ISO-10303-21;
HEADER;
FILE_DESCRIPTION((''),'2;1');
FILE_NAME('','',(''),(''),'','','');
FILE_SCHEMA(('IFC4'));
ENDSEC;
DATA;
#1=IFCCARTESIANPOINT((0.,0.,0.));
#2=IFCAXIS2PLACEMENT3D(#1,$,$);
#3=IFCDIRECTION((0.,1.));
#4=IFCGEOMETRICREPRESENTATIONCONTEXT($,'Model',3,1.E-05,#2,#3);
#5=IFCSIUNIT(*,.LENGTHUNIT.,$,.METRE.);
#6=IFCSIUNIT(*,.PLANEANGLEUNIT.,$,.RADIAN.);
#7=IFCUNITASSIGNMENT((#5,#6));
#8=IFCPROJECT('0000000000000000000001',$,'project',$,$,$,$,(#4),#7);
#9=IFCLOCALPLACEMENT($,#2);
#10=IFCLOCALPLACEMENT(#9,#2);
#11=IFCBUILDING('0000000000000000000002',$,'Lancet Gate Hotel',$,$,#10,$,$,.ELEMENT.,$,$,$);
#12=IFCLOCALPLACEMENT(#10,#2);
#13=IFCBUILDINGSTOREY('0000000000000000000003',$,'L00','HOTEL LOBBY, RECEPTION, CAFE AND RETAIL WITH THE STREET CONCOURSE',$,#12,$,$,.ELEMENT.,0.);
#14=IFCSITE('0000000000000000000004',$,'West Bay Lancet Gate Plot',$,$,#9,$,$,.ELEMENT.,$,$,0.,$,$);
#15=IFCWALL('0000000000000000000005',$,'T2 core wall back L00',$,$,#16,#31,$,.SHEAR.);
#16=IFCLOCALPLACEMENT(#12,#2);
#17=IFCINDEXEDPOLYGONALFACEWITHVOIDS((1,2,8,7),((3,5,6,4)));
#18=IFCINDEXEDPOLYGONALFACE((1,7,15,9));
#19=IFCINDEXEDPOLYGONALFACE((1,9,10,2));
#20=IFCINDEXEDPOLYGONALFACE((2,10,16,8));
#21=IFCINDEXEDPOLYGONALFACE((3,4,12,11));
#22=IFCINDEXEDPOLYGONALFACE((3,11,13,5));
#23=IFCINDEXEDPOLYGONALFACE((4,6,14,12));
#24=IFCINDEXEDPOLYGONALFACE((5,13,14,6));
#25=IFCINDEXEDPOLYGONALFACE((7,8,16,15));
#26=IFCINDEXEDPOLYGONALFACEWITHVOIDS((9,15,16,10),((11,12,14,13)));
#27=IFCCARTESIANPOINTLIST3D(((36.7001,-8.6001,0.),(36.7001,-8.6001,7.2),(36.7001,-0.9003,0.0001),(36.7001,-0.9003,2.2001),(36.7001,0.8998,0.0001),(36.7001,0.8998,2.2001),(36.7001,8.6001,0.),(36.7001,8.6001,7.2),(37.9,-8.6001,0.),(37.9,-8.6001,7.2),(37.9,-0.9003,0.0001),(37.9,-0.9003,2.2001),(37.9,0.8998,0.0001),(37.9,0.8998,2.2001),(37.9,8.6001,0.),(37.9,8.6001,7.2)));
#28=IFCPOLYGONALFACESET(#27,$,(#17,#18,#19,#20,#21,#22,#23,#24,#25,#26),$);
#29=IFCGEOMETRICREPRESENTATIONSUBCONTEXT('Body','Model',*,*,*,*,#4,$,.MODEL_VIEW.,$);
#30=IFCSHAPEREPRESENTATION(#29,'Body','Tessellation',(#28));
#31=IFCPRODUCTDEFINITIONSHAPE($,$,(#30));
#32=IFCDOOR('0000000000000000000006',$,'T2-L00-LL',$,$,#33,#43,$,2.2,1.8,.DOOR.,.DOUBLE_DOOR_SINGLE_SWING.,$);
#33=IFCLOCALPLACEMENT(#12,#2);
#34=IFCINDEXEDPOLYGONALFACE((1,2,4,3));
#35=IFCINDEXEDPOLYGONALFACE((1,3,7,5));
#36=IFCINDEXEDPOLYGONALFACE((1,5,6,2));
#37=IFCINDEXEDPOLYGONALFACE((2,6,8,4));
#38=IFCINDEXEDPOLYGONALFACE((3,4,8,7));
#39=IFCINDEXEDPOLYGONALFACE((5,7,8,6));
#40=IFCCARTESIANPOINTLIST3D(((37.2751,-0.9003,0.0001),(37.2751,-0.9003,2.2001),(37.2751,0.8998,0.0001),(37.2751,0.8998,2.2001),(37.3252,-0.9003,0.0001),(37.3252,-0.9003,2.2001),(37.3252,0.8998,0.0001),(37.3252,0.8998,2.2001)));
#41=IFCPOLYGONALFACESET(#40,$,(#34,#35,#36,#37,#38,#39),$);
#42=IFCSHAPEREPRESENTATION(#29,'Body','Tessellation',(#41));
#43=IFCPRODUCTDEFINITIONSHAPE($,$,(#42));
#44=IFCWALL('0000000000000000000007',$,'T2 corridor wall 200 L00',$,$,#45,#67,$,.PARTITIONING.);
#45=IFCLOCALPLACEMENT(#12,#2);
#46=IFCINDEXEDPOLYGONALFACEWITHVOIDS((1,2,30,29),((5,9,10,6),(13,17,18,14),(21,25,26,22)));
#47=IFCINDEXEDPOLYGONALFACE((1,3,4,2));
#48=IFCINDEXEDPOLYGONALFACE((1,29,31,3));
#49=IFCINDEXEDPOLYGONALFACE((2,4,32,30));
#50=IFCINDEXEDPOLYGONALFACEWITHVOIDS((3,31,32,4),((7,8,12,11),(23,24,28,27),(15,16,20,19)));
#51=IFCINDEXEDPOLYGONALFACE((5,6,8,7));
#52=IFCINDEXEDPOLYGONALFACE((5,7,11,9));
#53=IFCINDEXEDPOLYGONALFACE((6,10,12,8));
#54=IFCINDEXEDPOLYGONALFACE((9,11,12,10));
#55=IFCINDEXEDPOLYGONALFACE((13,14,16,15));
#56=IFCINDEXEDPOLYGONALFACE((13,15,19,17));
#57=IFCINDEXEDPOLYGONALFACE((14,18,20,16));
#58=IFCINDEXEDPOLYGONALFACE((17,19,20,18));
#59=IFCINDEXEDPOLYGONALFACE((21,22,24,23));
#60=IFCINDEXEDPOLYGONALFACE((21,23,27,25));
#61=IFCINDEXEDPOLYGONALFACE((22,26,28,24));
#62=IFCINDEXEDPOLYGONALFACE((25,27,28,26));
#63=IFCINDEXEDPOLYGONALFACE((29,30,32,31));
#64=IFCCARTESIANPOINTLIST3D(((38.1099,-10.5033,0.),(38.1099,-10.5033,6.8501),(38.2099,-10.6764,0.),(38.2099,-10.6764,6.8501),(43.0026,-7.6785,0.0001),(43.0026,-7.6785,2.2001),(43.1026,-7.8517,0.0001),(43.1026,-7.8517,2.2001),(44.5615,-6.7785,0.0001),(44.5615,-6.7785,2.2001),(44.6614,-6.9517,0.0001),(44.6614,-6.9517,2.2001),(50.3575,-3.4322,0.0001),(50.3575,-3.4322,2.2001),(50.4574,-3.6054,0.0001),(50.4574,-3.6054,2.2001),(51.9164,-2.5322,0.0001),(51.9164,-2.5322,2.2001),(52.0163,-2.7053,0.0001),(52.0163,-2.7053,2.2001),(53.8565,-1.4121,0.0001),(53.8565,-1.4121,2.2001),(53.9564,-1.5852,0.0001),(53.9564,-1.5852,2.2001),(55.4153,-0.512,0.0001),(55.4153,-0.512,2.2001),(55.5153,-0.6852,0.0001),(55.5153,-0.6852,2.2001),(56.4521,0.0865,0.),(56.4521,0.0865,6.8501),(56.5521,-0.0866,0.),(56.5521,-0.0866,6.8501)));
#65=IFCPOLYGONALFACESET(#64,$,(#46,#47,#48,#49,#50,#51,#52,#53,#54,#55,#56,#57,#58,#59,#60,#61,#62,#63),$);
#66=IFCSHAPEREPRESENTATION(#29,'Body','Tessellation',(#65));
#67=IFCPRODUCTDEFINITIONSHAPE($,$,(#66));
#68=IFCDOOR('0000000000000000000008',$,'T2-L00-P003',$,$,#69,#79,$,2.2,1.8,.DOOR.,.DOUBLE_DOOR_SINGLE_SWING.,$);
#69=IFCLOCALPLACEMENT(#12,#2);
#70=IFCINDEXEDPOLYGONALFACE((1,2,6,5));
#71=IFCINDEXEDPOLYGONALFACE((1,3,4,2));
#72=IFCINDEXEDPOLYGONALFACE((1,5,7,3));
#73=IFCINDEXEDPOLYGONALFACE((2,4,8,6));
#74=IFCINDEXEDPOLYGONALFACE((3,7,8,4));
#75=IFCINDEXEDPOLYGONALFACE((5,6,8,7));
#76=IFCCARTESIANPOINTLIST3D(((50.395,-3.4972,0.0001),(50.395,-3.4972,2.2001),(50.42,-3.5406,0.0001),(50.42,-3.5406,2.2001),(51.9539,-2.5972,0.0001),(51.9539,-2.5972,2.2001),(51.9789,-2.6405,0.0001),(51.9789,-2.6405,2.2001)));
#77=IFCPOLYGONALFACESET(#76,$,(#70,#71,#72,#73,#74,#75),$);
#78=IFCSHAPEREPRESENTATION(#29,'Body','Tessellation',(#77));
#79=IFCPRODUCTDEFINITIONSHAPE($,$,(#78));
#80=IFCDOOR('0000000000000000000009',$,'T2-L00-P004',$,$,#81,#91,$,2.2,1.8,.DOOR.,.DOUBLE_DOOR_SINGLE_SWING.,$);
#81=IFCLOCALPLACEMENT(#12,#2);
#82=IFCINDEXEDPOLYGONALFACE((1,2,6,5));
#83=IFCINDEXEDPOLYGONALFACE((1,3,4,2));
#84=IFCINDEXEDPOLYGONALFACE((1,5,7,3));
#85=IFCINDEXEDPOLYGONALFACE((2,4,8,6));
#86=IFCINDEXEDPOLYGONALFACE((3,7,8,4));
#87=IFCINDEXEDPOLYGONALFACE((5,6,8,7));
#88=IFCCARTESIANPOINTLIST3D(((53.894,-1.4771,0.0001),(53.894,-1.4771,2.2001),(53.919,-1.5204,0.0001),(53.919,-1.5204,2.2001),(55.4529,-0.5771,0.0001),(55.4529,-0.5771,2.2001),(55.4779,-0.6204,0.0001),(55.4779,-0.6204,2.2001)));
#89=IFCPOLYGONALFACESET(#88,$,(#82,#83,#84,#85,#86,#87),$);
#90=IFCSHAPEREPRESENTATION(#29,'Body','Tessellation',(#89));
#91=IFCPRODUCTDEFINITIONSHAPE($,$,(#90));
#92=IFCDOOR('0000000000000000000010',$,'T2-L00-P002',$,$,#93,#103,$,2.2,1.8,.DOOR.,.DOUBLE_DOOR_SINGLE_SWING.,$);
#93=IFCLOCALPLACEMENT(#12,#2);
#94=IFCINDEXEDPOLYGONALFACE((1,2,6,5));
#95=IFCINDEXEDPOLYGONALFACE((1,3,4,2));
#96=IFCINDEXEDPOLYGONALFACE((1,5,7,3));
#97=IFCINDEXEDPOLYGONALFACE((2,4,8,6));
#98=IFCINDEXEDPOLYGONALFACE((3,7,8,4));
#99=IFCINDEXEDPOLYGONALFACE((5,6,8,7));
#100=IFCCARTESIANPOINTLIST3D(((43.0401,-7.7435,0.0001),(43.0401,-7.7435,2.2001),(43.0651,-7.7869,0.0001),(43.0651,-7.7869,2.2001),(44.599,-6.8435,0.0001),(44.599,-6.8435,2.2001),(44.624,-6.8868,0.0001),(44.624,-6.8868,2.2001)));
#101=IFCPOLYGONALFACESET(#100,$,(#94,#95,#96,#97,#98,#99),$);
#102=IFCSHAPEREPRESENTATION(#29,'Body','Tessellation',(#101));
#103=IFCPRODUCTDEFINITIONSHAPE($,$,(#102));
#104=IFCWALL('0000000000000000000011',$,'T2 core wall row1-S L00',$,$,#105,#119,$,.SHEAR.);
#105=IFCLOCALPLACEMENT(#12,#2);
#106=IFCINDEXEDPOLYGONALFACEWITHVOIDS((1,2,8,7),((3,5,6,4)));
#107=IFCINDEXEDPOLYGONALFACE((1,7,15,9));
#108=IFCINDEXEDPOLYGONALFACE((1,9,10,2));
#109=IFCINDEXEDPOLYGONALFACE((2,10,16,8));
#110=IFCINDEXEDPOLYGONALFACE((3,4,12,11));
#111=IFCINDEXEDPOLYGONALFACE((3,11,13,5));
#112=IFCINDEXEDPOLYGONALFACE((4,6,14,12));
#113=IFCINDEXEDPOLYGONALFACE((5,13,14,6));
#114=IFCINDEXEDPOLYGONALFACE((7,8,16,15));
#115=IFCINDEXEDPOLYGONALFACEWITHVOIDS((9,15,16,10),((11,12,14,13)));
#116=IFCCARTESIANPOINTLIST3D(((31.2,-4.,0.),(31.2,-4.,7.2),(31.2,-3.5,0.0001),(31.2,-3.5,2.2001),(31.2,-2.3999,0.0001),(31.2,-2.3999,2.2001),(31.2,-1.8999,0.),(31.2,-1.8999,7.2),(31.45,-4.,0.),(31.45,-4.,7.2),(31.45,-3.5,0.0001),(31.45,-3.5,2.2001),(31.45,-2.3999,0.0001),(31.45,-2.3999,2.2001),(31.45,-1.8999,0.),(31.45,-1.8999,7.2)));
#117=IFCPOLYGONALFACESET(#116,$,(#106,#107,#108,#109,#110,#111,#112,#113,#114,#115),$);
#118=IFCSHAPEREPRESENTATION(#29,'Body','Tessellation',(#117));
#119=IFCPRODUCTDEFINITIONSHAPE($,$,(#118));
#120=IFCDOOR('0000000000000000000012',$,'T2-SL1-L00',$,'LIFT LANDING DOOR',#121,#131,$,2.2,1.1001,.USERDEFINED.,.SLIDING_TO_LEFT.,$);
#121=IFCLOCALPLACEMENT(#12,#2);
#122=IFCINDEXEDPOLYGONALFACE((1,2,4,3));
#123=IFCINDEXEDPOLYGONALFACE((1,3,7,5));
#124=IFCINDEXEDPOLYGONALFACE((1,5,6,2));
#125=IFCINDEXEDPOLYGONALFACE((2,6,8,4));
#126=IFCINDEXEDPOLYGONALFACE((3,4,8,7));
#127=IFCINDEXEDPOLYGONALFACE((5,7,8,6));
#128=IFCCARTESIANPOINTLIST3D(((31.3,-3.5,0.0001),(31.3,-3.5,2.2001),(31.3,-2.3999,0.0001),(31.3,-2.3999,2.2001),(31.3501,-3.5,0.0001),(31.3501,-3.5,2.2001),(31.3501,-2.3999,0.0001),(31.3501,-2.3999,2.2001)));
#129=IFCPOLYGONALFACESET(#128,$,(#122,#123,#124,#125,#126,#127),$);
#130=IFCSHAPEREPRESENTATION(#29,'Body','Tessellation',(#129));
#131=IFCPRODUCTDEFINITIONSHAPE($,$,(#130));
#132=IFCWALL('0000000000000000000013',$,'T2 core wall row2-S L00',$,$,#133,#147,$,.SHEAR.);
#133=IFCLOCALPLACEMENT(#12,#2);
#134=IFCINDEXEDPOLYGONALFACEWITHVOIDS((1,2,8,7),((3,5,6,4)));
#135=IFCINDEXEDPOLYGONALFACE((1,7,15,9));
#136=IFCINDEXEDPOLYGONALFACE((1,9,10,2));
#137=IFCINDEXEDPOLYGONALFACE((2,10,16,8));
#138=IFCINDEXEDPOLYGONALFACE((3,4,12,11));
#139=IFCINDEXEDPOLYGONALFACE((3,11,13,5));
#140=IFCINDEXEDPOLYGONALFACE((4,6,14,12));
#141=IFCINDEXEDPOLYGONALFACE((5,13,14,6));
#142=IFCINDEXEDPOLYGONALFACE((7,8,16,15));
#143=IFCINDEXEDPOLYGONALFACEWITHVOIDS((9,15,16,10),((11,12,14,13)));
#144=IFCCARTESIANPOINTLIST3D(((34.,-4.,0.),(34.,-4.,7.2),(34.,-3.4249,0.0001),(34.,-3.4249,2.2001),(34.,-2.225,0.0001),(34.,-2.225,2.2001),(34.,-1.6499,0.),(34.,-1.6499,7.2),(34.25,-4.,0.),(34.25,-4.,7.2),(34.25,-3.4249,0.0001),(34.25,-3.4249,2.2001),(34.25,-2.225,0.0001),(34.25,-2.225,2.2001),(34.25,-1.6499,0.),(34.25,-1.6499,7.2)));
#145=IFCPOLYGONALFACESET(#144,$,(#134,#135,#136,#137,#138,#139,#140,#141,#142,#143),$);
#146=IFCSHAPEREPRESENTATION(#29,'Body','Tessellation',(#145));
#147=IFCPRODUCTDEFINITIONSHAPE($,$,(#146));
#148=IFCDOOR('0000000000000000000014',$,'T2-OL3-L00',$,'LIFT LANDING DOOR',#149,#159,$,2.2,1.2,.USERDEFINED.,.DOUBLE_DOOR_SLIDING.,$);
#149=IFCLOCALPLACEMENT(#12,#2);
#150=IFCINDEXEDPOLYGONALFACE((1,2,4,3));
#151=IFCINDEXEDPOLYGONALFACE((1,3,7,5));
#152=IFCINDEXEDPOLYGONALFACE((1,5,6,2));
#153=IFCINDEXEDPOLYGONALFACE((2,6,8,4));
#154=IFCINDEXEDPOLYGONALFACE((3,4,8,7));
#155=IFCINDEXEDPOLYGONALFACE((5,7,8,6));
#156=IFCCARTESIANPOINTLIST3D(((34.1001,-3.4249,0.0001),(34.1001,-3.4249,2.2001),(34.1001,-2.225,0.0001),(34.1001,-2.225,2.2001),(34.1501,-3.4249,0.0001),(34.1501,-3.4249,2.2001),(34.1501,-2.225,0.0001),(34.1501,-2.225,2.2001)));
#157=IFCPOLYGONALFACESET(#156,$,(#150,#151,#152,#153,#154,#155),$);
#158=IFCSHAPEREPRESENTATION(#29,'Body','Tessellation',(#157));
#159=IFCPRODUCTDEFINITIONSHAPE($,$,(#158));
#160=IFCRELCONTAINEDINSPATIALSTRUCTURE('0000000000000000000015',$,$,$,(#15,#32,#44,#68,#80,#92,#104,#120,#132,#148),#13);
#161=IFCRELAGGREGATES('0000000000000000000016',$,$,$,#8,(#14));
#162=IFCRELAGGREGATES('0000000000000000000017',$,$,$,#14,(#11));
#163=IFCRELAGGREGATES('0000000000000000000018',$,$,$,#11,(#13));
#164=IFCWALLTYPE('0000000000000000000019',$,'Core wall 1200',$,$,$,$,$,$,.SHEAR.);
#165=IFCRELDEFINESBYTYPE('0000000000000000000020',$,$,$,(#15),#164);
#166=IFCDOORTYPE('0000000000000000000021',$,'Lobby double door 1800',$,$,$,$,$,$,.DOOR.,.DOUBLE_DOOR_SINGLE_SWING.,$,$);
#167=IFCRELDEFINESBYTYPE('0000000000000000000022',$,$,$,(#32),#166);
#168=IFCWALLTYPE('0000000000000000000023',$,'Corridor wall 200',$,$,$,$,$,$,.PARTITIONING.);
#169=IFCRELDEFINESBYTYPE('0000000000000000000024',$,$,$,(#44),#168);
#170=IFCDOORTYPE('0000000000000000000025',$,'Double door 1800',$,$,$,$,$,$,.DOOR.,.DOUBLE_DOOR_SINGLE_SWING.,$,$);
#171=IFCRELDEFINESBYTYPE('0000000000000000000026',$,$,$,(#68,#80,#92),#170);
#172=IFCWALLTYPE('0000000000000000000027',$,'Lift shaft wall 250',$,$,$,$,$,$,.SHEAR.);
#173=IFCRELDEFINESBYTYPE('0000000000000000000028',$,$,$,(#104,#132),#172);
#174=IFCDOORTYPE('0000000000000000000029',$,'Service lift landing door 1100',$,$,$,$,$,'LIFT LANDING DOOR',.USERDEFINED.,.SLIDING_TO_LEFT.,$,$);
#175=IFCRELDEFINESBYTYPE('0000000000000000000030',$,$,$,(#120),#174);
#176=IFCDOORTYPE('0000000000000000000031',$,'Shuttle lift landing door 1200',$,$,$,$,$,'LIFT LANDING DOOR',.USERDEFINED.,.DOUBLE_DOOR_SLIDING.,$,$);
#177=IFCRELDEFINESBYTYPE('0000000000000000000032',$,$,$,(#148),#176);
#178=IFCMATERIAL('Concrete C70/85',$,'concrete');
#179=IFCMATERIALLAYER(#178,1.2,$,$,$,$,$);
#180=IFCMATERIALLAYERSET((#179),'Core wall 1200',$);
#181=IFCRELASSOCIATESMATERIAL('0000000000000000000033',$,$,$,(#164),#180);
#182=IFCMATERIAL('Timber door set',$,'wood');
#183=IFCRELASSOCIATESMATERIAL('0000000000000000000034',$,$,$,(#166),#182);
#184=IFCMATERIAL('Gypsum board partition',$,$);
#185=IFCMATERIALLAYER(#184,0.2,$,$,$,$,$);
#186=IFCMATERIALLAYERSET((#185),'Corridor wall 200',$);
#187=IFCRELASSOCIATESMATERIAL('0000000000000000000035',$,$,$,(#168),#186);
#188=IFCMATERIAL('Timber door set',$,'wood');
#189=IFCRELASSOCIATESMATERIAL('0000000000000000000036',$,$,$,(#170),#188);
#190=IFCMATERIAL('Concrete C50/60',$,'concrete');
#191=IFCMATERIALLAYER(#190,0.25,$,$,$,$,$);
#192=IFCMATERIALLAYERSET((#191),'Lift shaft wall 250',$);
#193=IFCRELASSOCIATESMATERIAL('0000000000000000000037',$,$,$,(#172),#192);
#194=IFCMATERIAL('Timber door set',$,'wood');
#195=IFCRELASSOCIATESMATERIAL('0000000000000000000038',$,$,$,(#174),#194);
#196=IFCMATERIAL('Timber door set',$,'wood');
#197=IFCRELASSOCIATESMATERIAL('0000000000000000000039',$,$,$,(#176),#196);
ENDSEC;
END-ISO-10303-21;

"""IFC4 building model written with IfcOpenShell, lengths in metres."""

from ifc_helpers import new_model, si_unit, direction, frame, frame_2d, origin, place, context, subcontext, project, spatial, rectangle, extrude, material, layer, layer_set, type_object, element, fill, save


model = new_model("IFC4")

# Units and contexts
model_context = context("Model", 3, precision=1e-05, world=origin(), true_north=direction((0.0, 1.0)))
body_context = subcontext(model_context, "Body", "Model", "MODEL_VIEW")
ifc_project = project(units=[si_unit("LENGTHUNIT", "METRE"), si_unit("PLANEANGLEUNIT", "RADIAN")], contexts=[model_context])

# Site, building, storey
site_placement = place(None, origin())
site = spatial("IfcSite", under=ifc_project, at=site_placement, Name="West Bay Lancet Gate Plot", CompositionType="ELEMENT", RefElevation=0.0)
building_placement = place(site_placement, origin())
building = spatial("IfcBuilding", under=site, at=building_placement, Name="Lancet Gate Hotel", CompositionType="ELEMENT")
storey_placement = place(building_placement, origin())
storey = spatial("IfcBuildingStorey", under=building, at=storey_placement, Name="L00", Description="HOTEL LOBBY, RECEPTION, CAFE AND RETAIL WITH THE STREET CONCOURSE", CompositionType="ELEMENT", Elevation=0.0)

# Wall, opening, door
ifc_material_1 = material(Name="Concrete C70/85", Category="concrete")
ifc_layer_1 = layer(ifc_material_1, 1.2)
ifc_layer_set_1 = layer_set([ifc_layer_1], Name="Core wall 1200")
wall_type_1 = type_object("IfcWallType", Name="Core wall 1200", PredefinedType="SHEAR", material=ifc_layer_set_1)
wall_1_placement = place(storey_placement, frame((37.3, -8.6001, 0.0), z_axis=(0.0, 0.0, 1.0), x_axis=(0.0, 1.0, 0.0)))
wall_1 = element("IfcWall", 1, at=wall_1_placement, inside=storey, type_object=wall_type_1, Name="T2 core wall back L00", PredefinedType="SHEAR", context=body_context, shape_type="SweptSolid", body=[
    extrude(rectangle(XDim=17.2002, YDim=1.2, at=frame_2d((8.6001, 0.0))), origin(), (0.0, 0.0, 1.0), 7.2),
])
opening_1_placement = place(wall_1_placement, frame((7.7, 0.0, 0.0)))
opening_1 = element("IfcOpeningElement", 2, at=opening_1_placement, cuts=wall_1, PredefinedType="OPENING", context=body_context, shape_type="SweptSolid", body=[
    extrude(rectangle(XDim=1.8, YDim=2.2, at=frame_2d((0.8999, 1.1001))), frame((0.0, 0.6099, 0.0), z_axis=(0.0, -1.0, 0.0), x_axis=(1.0, 0.0, 0.0)), (0.0, 0.0, 1.0), 1.22),
])
ifc_material_2 = material(Name="Timber door set", Category="wood")
door_type_1 = type_object("IfcDoorType", Name="Lobby double door 1800", OperationType="DOUBLE_DOOR_SINGLE_SWING", PredefinedType="DOOR", material=ifc_material_2)
door_1_placement = place(opening_1_placement, origin())
door_1 = element("IfcDoor", 3, at=door_1_placement, inside=storey, type_object=door_type_1, Name="T2-L00-LL", OperationType="DOUBLE_DOOR_SINGLE_SWING", OverallHeight=2.2, OverallWidth=1.8, PredefinedType="DOOR", context=body_context, shape_type="SweptSolid", body=[
    extrude(rectangle(XDim=1.8, YDim=2.2, at=frame_2d((0.8999, 1.1001))), frame((0.0, 0.0249, 0.0), z_axis=(0.0, -1.0, 0.0), x_axis=(1.0, 0.0, 0.0)), (0.0, 0.0, 1.0), 0.05),
])
fill(opening_1, door_1)

# Wall, openings, doors
ifc_material_3 = material(Name="Gypsum board partition")
ifc_layer_2 = layer(ifc_material_3, 0.2)
ifc_layer_set_2 = layer_set([ifc_layer_2], Name="Corridor wall 200")
wall_type_2 = type_object("IfcWallType", Name="Corridor wall 200", PredefinedType="PARTITIONING", material=ifc_layer_set_2)
wall_2_placement = place(storey_placement, frame((38.1599, -10.5898, 0.0), z_axis=(0.0, 0.0, 1.0), x_axis=(0.866027, 0.499997, 0.0)))
wall_2 = element("IfcWall", 4, at=wall_2_placement, inside=storey, type_object=wall_type_2, Name="T2 corridor wall 200 L00", PredefinedType="PARTITIONING", context=body_context, shape_type="SweptSolid", body=[
    extrude(rectangle(XDim=21.1797, YDim=0.2, at=frame_2d((10.5898, 0.0))), origin(), (0.0, 0.0, 1.0), 6.8501),
])
opening_2_placement = place(wall_2_placement, frame((14.1423, 0.0, 0.0)))
opening_2 = element("IfcOpeningElement", 5, at=opening_2_placement, cuts=wall_2, PredefinedType="OPENING", context=body_context, shape_type="SweptSolid", body=[
    extrude(rectangle(XDim=1.8, YDim=2.2, at=frame_2d((0.8999, 1.1001))), frame((0.0, 0.1099, 0.0), z_axis=(0.0, -1.0, 0.0), x_axis=(1.0, 0.0, 0.0)), (0.0, 0.0, 1.0), 0.22),
])
opening_3_placement = place(wall_2_placement, frame((18.1826, 0.0, 0.0)))
opening_3 = element("IfcOpeningElement", 6, at=opening_3_placement, cuts=wall_2, PredefinedType="OPENING", context=body_context, shape_type="SweptSolid", body=[
    extrude(rectangle(XDim=1.8, YDim=2.2, at=frame_2d((0.8999, 1.1001))), frame((0.0, 0.1099, 0.0), z_axis=(0.0, -1.0, 0.0), x_axis=(1.0, 0.0, 0.0)), (0.0, 0.0, 1.0), 0.22),
])
opening_4_placement = place(wall_2_placement, frame((5.6497, 0.0, 0.0)))
opening_4 = element("IfcOpeningElement", 7, at=opening_4_placement, cuts=wall_2, PredefinedType="OPENING", context=body_context, shape_type="SweptSolid", body=[
    extrude(rectangle(XDim=1.8, YDim=2.2, at=frame_2d((0.8999, 1.1001))), frame((0.0, 0.1099, 0.0), z_axis=(0.0, -1.0, 0.0), x_axis=(1.0, 0.0, 0.0)), (0.0, 0.0, 1.0), 0.22),
])
ifc_material_4 = material(Name="Timber door set", Category="wood")
door_type_2 = type_object("IfcDoorType", Name="Double door 1800", OperationType="DOUBLE_DOOR_SINGLE_SWING", PredefinedType="DOOR", material=ifc_material_4)
door_2_placement = place(opening_2_placement, origin())
door_2 = element("IfcDoor", 8, at=door_2_placement, inside=storey, type_object=door_type_2, Name="T2-L00-P003", OperationType="DOUBLE_DOOR_SINGLE_SWING", OverallHeight=2.2, OverallWidth=1.8, PredefinedType="DOOR", context=body_context, shape_type="SweptSolid", body=[
    extrude(rectangle(XDim=1.8, YDim=2.2, at=frame_2d((0.8999, 1.1001))), frame((0.0, 0.0249, 0.0), z_axis=(0.0, -1.0, 0.0), x_axis=(1.0, 0.0, 0.0)), (0.0, 0.0, 1.0), 0.05),
])
fill(opening_2, door_2)
door_3_placement = place(opening_3_placement, origin())
door_3 = element("IfcDoor", 9, at=door_3_placement, inside=storey, type_object=door_type_2, Name="T2-L00-P004", OperationType="DOUBLE_DOOR_SINGLE_SWING", OverallHeight=2.2, OverallWidth=1.8, PredefinedType="DOOR", context=body_context, shape_type="SweptSolid", body=[
    extrude(rectangle(XDim=1.8, YDim=2.2, at=frame_2d((0.8999, 1.1001))), frame((0.0, 0.0249, 0.0), z_axis=(0.0, -1.0, 0.0), x_axis=(1.0, 0.0, 0.0)), (0.0, 0.0, 1.0), 0.05),
])
fill(opening_3, door_3)
door_4_placement = place(opening_4_placement, origin())
door_4 = element("IfcDoor", 10, at=door_4_placement, inside=storey, type_object=door_type_2, Name="T2-L00-P002", OperationType="DOUBLE_DOOR_SINGLE_SWING", OverallHeight=2.2, OverallWidth=1.8, PredefinedType="DOOR", context=body_context, shape_type="SweptSolid", body=[
    extrude(rectangle(XDim=1.8, YDim=2.2, at=frame_2d((0.8999, 1.1001))), frame((0.0, 0.0249, 0.0), z_axis=(0.0, -1.0, 0.0), x_axis=(1.0, 0.0, 0.0)), (0.0, 0.0, 1.0), 0.05),
])
fill(opening_4, door_4)

# Walls, openings, doors
ifc_material_5 = material(Name="Concrete C50/60", Category="concrete")
ifc_layer_3 = layer(ifc_material_5, 0.25)
ifc_layer_set_3 = layer_set([ifc_layer_3], Name="Lift shaft wall 250")
wall_type_3 = type_object("IfcWallType", Name="Lift shaft wall 250", PredefinedType="SHEAR", material=ifc_layer_set_3)
wall_3_placement = place(storey_placement, frame((31.325, -4.0, 0.0), z_axis=(0.0, 0.0, 1.0), x_axis=(0.0, 1.0, 0.0)))
wall_3 = element("IfcWall", 11, at=wall_3_placement, inside=storey, type_object=wall_type_3, Name="T2 core wall row1-S L00", PredefinedType="SHEAR", context=body_context, shape_type="SweptSolid", body=[
    extrude(rectangle(XDim=2.1001, YDim=0.25, at=frame_2d((1.05, 0.0))), origin(), (0.0, 0.0, 1.0), 7.2),
])
opening_5_placement = place(wall_3_placement, frame((0.5, 0.0, 0.0)))
opening_5 = element("IfcOpeningElement", 12, at=opening_5_placement, cuts=wall_3, PredefinedType="OPENING", context=body_context, shape_type="SweptSolid", body=[
    extrude(rectangle(XDim=1.1001, YDim=2.2, at=frame_2d((0.55, 1.1001))), frame((0.0, 0.135, 0.0), z_axis=(0.0, -1.0, 0.0), x_axis=(1.0, 0.0, 0.0)), (0.0, 0.0, 1.0), 0.27),
])
ifc_material_6 = material(Name="Timber door set", Category="wood")
door_type_3 = type_object("IfcDoorType", Name="Service lift landing door 1100", ElementType="LIFT LANDING DOOR", OperationType="SLIDING_TO_LEFT", PredefinedType="USERDEFINED", material=ifc_material_6)
door_5_placement = place(opening_5_placement, origin())
door_5 = element("IfcDoor", 13, at=door_5_placement, inside=storey, type_object=door_type_3, Name="T2-SL1-L00", ObjectType="LIFT LANDING DOOR", OperationType="SLIDING_TO_LEFT", OverallHeight=2.2, OverallWidth=1.1001, PredefinedType="USERDEFINED", context=body_context, shape_type="SweptSolid", body=[
    extrude(rectangle(XDim=1.1001, YDim=2.2, at=frame_2d((0.55, 1.1001))), frame((0.0, 0.0249, 0.0), z_axis=(0.0, -1.0, 0.0), x_axis=(1.0, 0.0, 0.0)), (0.0, 0.0, 1.0), 0.05),
])
fill(opening_5, door_5)
wall_4_placement = place(storey_placement, frame((34.125, -4.0, 0.0), z_axis=(0.0, 0.0, 1.0), x_axis=(0.0, 1.0, 0.0)))
wall_4 = element("IfcWall", 14, at=wall_4_placement, inside=storey, type_object=wall_type_3, Name="T2 core wall row2-S L00", PredefinedType="SHEAR", context=body_context, shape_type="SweptSolid", body=[
    extrude(rectangle(XDim=2.3501, YDim=0.25, at=frame_2d((1.175, 0.0))), origin(), (0.0, 0.0, 1.0), 7.2),
])
opening_6_placement = place(wall_4_placement, frame((0.575, 0.0, 0.0)))
opening_6 = element("IfcOpeningElement", 15, at=opening_6_placement, cuts=wall_4, PredefinedType="OPENING", context=body_context, shape_type="SweptSolid", body=[
    extrude(rectangle(XDim=1.2, YDim=2.2, at=frame_2d((0.6001, 1.1001))), frame((0.0, 0.135, 0.0), z_axis=(0.0, -1.0, 0.0), x_axis=(1.0, 0.0, 0.0)), (0.0, 0.0, 1.0), 0.27),
])
ifc_material_7 = material(Name="Timber door set", Category="wood")
door_type_4 = type_object("IfcDoorType", Name="Shuttle lift landing door 1200", ElementType="LIFT LANDING DOOR", OperationType="DOUBLE_DOOR_SLIDING", PredefinedType="USERDEFINED", material=ifc_material_7)
door_6_placement = place(opening_6_placement, origin())
door_6 = element("IfcDoor", 16, at=door_6_placement, inside=storey, type_object=door_type_4, Name="T2-OL3-L00", ObjectType="LIFT LANDING DOOR", OperationType="DOUBLE_DOOR_SLIDING", OverallHeight=2.2, OverallWidth=1.2, PredefinedType="USERDEFINED", context=body_context, shape_type="SweptSolid", body=[
    extrude(rectangle(XDim=1.2, YDim=2.2, at=frame_2d((0.6001, 1.1001))), frame((0.0, 0.0249, 0.0), z_axis=(0.0, -1.0, 0.0), x_axis=(1.0, 0.0, 0.0)), (0.0, 0.0, 1.0), 0.05),
])
fill(opening_6, door_6)

save(model, "model.ifc")
